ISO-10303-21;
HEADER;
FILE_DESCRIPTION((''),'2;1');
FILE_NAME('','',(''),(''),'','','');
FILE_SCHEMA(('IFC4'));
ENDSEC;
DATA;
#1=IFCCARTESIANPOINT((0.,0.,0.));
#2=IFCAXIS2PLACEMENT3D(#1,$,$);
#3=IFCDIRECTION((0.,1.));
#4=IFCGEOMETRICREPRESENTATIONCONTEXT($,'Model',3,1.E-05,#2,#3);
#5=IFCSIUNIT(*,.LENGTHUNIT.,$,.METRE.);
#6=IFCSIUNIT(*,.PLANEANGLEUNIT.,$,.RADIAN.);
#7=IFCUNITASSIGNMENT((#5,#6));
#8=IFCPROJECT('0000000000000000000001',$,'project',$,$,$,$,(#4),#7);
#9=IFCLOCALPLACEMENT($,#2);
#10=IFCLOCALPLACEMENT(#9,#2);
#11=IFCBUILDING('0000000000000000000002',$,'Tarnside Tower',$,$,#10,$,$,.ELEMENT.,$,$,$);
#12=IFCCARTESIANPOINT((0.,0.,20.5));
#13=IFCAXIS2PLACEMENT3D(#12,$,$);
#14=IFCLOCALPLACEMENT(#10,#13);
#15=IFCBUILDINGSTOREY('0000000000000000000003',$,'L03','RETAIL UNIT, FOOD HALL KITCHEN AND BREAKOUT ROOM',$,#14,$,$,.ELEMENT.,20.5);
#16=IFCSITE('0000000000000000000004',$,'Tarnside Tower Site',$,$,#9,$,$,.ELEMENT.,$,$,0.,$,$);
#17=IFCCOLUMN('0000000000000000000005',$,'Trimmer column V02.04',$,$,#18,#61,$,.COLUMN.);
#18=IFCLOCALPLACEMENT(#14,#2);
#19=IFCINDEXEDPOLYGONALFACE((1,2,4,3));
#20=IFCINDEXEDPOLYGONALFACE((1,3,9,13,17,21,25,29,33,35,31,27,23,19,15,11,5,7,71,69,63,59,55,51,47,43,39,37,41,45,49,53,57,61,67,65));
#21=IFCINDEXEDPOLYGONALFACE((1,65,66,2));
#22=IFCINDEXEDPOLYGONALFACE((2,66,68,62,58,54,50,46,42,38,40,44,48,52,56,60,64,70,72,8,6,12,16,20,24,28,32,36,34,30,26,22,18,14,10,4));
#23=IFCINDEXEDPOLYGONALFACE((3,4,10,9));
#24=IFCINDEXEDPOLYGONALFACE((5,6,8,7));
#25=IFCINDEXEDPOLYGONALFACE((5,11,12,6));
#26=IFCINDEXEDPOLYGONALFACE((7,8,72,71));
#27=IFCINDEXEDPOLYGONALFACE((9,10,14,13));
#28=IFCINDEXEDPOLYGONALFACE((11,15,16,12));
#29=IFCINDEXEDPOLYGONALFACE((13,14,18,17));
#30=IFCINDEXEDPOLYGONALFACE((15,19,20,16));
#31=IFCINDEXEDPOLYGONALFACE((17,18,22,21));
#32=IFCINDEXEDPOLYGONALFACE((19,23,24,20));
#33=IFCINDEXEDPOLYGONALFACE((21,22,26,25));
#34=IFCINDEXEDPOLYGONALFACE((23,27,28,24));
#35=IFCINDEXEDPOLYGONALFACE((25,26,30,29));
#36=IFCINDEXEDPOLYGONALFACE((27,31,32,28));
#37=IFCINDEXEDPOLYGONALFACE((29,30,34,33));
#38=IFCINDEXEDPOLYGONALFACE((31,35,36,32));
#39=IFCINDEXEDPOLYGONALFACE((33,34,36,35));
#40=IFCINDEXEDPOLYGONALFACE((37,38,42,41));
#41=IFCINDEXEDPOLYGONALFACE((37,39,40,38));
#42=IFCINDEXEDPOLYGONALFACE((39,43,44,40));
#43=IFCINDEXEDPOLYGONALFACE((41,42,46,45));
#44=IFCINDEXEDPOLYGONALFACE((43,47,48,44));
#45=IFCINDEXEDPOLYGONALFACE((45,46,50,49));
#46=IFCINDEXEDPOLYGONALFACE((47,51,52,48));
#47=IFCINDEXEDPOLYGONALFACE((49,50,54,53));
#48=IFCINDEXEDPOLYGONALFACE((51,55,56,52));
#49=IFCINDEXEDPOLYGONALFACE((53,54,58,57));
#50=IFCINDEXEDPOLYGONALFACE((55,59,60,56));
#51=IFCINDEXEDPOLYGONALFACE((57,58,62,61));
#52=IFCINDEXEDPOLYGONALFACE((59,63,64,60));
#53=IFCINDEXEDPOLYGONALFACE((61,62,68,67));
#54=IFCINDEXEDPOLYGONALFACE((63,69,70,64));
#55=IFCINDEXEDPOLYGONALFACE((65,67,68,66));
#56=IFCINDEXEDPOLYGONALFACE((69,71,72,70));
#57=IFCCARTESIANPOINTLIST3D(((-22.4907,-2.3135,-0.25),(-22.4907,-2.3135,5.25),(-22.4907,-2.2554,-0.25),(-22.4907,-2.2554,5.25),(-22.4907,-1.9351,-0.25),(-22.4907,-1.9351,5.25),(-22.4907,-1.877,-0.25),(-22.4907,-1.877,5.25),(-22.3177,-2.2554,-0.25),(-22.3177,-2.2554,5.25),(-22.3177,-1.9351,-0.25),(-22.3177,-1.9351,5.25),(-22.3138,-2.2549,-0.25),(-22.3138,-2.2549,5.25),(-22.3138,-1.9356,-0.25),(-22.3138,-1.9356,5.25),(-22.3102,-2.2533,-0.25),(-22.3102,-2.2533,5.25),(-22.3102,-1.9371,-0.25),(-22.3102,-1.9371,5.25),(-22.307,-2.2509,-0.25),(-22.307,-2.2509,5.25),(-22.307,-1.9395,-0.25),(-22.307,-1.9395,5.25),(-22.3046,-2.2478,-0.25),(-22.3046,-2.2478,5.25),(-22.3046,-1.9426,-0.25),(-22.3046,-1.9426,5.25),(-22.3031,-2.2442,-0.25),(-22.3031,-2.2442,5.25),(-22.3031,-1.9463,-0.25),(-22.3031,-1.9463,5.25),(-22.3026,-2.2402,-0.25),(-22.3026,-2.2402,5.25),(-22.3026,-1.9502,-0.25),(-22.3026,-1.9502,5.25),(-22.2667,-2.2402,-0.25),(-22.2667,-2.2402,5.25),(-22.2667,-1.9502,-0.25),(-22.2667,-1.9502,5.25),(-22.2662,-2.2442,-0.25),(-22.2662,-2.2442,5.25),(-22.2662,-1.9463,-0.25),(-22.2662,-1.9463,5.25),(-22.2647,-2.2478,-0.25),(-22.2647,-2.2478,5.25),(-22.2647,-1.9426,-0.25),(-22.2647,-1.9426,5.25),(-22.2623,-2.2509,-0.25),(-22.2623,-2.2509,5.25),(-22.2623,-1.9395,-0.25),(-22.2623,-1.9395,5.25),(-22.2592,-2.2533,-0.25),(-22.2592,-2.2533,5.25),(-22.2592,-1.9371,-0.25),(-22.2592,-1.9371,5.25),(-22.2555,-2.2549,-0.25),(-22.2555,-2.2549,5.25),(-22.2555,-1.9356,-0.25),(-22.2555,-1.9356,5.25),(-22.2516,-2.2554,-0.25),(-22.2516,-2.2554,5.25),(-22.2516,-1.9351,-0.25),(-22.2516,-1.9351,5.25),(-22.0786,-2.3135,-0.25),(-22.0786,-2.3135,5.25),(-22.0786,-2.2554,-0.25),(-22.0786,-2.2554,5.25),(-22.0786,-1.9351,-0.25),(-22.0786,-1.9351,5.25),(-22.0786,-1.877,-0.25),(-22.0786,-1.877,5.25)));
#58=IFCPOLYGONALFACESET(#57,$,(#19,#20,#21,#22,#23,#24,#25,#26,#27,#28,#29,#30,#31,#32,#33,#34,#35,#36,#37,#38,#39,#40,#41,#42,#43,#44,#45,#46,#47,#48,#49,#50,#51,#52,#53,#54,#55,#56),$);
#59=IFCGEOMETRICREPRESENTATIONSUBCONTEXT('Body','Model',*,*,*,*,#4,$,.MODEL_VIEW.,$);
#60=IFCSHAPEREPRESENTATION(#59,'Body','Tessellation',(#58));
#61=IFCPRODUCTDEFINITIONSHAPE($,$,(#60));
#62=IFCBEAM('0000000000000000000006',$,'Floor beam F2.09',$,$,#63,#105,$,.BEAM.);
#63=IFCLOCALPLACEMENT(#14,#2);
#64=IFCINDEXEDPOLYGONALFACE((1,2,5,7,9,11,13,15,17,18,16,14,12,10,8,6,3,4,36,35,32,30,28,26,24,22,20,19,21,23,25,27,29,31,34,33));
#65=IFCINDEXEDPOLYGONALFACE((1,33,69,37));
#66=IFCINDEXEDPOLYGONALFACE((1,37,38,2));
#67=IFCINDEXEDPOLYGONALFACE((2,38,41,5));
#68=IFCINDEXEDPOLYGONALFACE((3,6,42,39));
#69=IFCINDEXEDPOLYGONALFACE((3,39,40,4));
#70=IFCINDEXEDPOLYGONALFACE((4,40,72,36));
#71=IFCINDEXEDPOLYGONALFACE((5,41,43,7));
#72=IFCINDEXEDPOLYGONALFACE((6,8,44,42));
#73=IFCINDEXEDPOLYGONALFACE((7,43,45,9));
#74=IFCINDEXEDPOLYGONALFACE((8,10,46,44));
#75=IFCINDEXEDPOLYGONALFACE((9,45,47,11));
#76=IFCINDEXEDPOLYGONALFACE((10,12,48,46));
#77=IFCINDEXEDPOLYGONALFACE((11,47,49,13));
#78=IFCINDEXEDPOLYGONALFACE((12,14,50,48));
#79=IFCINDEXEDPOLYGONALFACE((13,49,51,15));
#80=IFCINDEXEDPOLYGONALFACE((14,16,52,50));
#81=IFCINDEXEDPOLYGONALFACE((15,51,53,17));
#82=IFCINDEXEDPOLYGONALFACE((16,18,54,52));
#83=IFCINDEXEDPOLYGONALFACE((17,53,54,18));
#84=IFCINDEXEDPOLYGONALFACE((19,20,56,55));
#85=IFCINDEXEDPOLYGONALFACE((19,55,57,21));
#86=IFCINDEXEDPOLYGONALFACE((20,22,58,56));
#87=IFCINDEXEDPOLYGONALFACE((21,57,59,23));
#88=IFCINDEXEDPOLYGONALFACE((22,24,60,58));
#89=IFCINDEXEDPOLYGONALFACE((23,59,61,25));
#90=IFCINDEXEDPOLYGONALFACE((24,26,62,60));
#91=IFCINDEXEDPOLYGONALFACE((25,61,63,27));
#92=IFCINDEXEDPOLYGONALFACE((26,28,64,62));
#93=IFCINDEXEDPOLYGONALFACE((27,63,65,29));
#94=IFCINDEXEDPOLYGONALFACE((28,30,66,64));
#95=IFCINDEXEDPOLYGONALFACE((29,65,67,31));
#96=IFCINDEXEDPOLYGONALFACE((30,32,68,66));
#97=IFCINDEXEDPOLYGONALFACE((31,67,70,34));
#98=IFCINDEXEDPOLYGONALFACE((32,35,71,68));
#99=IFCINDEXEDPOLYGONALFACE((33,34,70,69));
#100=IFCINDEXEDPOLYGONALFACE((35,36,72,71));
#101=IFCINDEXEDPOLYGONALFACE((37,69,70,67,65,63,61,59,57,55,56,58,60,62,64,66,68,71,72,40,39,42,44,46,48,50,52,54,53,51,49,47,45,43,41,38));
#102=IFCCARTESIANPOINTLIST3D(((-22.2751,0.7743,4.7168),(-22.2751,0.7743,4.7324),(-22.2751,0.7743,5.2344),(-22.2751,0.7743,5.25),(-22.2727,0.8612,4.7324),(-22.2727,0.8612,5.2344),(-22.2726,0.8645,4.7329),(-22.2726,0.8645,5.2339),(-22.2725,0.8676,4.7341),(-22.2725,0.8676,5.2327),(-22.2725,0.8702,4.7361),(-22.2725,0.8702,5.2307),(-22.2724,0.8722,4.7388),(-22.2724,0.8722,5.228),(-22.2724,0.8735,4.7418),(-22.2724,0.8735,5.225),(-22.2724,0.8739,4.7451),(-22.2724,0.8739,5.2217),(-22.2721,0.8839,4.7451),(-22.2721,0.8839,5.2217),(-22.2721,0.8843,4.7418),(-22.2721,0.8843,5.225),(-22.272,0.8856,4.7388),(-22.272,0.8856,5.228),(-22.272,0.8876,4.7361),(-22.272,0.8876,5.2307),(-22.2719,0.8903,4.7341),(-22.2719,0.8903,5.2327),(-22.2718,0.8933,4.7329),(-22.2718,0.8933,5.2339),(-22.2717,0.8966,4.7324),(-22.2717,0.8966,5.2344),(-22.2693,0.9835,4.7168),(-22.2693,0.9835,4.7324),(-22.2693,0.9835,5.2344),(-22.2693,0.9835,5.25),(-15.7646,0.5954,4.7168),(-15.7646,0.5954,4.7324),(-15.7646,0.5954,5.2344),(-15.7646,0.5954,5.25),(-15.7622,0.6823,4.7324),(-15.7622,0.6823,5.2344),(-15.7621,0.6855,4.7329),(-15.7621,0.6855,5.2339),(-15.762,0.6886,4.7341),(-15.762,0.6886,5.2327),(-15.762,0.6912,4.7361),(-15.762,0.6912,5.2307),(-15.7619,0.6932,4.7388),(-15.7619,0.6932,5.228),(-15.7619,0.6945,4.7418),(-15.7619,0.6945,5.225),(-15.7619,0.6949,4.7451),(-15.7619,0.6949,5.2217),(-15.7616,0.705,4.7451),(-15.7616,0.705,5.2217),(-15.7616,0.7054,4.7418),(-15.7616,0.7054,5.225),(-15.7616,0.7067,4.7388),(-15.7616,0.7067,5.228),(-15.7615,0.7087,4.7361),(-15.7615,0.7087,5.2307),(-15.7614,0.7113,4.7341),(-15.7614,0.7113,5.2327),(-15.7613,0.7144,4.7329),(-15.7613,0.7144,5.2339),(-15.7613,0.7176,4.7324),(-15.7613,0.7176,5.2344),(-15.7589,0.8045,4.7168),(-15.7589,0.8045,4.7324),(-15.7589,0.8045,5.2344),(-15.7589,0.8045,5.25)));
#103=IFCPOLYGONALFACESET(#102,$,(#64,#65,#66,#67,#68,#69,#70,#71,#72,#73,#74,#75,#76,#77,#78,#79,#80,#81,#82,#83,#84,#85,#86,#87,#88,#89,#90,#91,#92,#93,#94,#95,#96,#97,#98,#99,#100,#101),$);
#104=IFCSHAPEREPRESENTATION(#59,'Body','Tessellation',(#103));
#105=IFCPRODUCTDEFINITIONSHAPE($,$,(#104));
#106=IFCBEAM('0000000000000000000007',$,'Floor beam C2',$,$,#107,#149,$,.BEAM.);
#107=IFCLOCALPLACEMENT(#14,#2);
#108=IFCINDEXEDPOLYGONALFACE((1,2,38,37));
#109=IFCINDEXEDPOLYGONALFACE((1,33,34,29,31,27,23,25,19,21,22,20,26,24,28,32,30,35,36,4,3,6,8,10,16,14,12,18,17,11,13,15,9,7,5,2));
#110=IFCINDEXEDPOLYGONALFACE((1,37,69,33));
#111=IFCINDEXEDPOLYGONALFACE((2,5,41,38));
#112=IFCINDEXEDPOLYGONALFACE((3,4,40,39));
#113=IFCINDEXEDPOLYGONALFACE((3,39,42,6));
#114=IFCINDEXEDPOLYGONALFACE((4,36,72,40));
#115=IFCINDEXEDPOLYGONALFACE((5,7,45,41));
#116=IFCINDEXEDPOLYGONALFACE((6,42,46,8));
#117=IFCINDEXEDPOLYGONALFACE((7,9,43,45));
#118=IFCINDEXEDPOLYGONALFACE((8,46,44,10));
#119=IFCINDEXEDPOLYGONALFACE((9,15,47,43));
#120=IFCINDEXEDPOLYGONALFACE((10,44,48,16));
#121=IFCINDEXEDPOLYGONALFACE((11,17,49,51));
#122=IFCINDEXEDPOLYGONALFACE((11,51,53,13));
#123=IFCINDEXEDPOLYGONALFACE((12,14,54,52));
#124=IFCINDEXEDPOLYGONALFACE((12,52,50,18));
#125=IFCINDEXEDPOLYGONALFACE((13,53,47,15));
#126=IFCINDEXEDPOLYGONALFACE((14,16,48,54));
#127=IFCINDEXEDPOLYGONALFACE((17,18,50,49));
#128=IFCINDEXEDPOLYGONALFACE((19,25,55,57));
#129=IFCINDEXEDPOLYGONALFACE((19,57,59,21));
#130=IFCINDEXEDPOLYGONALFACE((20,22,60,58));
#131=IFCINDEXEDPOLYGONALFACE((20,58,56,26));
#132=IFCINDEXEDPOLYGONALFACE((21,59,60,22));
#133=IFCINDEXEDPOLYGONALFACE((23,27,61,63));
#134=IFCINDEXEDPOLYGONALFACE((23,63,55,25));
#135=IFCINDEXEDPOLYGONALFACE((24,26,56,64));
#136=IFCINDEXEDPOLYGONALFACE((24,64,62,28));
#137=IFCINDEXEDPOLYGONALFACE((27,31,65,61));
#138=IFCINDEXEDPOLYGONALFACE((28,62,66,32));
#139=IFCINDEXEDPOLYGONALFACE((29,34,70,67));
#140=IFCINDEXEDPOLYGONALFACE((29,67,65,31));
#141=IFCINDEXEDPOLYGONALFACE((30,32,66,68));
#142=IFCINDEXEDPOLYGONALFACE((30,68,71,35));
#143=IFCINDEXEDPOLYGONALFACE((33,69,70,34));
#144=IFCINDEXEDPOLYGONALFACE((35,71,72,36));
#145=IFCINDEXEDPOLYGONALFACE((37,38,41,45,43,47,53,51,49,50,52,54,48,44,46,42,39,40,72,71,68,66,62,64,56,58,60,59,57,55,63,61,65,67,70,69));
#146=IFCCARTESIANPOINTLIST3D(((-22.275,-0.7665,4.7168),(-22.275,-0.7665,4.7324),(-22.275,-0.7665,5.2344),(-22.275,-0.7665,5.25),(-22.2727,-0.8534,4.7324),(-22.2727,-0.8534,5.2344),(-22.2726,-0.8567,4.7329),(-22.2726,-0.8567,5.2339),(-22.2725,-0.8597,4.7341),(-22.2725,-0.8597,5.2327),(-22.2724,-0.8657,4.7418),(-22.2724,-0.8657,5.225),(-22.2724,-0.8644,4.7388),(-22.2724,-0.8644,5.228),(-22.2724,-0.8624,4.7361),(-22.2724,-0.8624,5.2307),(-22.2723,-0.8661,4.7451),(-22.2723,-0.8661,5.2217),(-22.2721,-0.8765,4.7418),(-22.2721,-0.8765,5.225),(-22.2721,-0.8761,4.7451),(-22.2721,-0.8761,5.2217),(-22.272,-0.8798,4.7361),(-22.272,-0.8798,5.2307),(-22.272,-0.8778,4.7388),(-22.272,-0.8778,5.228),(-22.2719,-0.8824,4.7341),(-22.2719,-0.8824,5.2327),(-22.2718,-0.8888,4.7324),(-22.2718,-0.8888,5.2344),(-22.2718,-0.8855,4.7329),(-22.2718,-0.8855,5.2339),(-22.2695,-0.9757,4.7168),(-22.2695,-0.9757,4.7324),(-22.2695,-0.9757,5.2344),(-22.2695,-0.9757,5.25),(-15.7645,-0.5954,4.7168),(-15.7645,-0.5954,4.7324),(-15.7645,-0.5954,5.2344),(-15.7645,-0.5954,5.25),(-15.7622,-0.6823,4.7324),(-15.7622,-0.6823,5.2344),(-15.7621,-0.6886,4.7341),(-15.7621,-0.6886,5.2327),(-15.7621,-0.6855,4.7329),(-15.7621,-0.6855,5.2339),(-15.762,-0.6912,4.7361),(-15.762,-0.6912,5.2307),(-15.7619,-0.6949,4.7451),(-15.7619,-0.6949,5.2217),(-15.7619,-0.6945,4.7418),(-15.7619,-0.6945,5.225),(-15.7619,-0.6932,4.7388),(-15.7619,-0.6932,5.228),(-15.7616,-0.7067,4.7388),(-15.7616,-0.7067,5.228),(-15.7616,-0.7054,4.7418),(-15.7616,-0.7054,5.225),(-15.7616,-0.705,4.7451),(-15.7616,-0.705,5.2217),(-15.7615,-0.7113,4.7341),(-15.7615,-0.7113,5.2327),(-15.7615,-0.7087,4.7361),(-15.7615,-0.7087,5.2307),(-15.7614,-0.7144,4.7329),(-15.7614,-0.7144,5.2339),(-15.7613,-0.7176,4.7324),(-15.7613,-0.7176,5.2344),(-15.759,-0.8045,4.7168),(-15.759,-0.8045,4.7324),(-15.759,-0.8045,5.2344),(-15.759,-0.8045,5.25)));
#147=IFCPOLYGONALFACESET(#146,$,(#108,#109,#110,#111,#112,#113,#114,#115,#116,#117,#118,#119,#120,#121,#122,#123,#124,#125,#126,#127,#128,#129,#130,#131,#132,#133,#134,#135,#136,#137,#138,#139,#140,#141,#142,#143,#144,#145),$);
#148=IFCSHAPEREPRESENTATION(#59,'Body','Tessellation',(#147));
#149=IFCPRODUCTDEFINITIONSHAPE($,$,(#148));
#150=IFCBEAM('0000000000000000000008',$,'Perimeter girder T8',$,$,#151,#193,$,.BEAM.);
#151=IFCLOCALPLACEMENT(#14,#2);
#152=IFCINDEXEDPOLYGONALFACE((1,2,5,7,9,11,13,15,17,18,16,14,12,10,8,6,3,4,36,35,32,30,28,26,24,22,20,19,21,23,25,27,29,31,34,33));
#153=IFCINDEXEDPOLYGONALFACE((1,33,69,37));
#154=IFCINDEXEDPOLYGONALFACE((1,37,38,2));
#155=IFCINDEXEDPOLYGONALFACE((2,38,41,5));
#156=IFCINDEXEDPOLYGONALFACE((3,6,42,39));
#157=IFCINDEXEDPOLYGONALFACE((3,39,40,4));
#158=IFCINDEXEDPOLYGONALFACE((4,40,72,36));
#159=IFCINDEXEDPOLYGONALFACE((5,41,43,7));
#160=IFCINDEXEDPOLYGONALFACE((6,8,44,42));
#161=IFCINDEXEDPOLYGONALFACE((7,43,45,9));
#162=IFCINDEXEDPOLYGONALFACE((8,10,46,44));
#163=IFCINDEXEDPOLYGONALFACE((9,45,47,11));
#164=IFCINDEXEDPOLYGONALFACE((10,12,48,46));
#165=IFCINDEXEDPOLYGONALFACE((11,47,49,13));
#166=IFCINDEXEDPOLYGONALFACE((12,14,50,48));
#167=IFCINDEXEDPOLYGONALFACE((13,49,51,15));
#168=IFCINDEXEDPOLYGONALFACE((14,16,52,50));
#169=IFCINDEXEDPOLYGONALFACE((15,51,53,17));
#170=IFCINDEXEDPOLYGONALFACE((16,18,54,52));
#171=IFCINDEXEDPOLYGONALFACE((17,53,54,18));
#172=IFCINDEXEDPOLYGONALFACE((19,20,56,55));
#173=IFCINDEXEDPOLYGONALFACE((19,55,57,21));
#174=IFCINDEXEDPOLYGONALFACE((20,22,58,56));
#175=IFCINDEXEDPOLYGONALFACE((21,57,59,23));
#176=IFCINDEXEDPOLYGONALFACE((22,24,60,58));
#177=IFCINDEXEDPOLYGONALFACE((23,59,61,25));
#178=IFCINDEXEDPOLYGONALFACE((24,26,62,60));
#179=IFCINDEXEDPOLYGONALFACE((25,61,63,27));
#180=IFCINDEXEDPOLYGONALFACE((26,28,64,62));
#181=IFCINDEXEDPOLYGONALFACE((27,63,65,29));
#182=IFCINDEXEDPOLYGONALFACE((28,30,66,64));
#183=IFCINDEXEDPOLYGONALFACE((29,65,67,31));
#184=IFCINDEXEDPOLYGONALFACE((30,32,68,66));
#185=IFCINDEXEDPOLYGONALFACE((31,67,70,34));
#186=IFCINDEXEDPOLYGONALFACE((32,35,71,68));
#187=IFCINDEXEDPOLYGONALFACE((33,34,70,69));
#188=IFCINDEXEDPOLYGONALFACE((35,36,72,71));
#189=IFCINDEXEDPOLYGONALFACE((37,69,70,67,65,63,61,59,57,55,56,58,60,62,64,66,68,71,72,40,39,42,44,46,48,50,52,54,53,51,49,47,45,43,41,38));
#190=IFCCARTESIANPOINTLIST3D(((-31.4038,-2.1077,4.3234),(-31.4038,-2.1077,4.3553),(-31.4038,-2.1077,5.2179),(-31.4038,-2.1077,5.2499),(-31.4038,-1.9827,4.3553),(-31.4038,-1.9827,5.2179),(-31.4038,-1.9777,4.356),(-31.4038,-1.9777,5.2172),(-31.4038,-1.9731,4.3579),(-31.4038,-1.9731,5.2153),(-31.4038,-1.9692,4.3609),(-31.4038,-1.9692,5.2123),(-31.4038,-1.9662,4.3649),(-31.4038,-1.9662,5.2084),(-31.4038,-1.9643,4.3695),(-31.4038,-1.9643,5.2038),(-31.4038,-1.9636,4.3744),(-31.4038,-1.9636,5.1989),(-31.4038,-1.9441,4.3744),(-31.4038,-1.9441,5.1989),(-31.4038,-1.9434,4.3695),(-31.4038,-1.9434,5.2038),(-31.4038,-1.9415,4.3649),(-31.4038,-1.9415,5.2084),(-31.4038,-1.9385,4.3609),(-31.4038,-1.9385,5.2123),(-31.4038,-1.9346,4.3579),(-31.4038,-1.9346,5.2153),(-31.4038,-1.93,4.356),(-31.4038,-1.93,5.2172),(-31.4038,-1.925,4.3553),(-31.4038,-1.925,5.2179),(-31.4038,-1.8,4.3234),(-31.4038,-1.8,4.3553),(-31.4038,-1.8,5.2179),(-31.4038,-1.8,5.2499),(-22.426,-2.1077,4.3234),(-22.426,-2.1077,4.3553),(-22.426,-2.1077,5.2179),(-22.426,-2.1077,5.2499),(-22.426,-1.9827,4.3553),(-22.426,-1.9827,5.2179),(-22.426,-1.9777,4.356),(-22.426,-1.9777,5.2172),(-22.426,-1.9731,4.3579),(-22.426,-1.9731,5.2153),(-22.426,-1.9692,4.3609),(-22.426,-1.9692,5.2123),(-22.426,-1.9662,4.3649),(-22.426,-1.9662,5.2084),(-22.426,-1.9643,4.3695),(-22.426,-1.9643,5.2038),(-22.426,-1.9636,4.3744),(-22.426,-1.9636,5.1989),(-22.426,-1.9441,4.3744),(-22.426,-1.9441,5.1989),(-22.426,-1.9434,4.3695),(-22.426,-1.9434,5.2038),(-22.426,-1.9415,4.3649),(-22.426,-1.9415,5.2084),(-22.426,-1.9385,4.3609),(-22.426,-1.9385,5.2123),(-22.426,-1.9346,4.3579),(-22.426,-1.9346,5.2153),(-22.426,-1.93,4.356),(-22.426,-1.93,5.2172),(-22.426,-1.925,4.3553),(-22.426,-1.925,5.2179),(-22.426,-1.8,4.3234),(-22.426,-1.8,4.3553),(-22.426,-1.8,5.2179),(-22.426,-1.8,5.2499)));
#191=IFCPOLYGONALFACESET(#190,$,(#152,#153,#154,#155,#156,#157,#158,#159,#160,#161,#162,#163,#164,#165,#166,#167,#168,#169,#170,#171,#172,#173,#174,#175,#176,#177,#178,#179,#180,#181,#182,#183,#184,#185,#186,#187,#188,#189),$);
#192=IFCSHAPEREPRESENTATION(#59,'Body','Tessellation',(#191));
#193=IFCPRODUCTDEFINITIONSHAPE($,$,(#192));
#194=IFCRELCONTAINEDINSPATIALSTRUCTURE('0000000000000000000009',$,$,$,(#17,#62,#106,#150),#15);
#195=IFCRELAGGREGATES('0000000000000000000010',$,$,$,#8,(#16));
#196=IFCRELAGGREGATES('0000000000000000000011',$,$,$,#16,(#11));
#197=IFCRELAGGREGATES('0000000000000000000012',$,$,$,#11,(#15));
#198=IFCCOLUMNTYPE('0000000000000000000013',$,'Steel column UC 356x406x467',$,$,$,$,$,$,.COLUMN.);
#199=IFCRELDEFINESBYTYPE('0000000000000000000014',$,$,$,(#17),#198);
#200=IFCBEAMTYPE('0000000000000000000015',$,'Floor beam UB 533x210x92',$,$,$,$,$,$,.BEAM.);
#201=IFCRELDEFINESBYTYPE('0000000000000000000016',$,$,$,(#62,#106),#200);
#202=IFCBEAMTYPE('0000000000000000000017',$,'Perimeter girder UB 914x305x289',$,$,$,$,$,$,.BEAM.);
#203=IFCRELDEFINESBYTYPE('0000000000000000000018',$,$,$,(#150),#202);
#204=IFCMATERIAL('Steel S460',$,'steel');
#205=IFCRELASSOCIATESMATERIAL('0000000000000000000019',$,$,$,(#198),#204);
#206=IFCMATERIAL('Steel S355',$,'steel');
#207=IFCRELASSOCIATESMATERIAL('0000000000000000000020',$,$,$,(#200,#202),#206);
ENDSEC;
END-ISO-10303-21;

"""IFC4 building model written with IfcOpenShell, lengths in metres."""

from ifc_helpers import new_model, si_unit, direction, frame, origin, origin_2d, place, context, subcontext, project, spatial, i_section, extrude, material, material_profile, profile_set, type_object, element, save


model = new_model("IFC4")

# Units and contexts
model_context = context("Model", 3, precision=1e-05, world=origin(), true_north=direction((0.0, 1.0)))
body_context = subcontext(model_context, "Body", "Model", "MODEL_VIEW")
ifc_project = project(units=[si_unit("LENGTHUNIT", "METRE"), si_unit("PLANEANGLEUNIT", "RADIAN")], contexts=[model_context])

# Site, building, storey
site_placement = place(None, origin())
site = spatial("IfcSite", under=ifc_project, at=site_placement, Name="Tarnside Tower Site", CompositionType="ELEMENT", RefElevation=0.0)
building_placement = place(site_placement, origin())
building = spatial("IfcBuilding", under=site, at=building_placement, Name="Tarnside Tower", CompositionType="ELEMENT")
storey_placement = place(building_placement, frame((0.0, 0.0, 20.5)))
storey = spatial("IfcBuildingStorey", under=building, at=storey_placement, Name="L03", Description="RETAIL UNIT, FOOD HALL KITCHEN AND BREAKOUT ROOM", CompositionType="ELEMENT", Elevation=20.5)

# Column
ifc_material_1 = material(Name="Steel S460", Category="steel")
ifc_material_profile_1 = material_profile(ifc_material_1, i_section(OverallWidth=0.4121, OverallDepth=0.4365, WebThickness=0.0359, FlangeThickness=0.0581, FilletRadius=0.0151, at=origin_2d()), Name="UC 356x406x467")
ifc_profile_set_1 = profile_set([ifc_material_profile_1], Name="Steel S460")
column_type = type_object("IfcColumnType", Name="Steel column UC 356x406x467", PredefinedType="COLUMN", material=ifc_profile_set_1)
column_placement = place(storey_placement, frame((-22.2847, -2.0952, -0.25), z_axis=(0.0, 0.0, 1.0), x_axis=(1.0, 0.0, 0.0)))
element("IfcColumn", 1, at=column_placement, inside=storey, type_object=column_type, Name="Trimmer column V02.04", PredefinedType="COLUMN", context=body_context, shape_type="SweptSolid", body=[
    extrude(i_section(OverallWidth=0.4121, OverallDepth=0.4365, WebThickness=0.0359, FlangeThickness=0.0581, FilletRadius=0.0151, at=origin_2d()), origin(), (0.0, 0.0, 1.0), 5.5),
])

# Beams
ifc_material_2 = material(Name="Steel S355", Category="steel")
ifc_material_profile_2 = material_profile(ifc_material_2, i_section(OverallWidth=0.2092, OverallDepth=0.5332, WebThickness=0.01, FlangeThickness=0.0156, FilletRadius=0.0127, at=origin_2d()), Name="UB 533x210x92")
ifc_profile_set_2 = profile_set([ifc_material_profile_2], Name="Steel S355")
beam_type_1 = type_object("IfcBeamType", Name="Floor beam UB 533x210x92", PredefinedType="BEAM", material=ifc_profile_set_2)
beam_1_placement = place(storey_placement, frame((-22.2722, 0.8789, 4.9834), z_axis=(0.999622, -0.027477, 0.0), x_axis=(0.027477, 0.999622, 0.0)))
element("IfcBeam", 2, at=beam_1_placement, inside=storey, type_object=beam_type_1, Name="Floor beam F2.09", PredefinedType="BEAM", context=body_context, shape_type="SweptSolid", body=[
    extrude(i_section(OverallWidth=0.2092, OverallDepth=0.5332, WebThickness=0.01, FlangeThickness=0.0156, FilletRadius=0.0127, at=origin_2d()), origin(), (0.0, 0.0, 1.0), 6.5129),
])
beam_2_placement = place(storey_placement, frame((-22.2722, -0.8711, 4.9834), z_axis=(0.999655, 0.026278, 0.0), x_axis=(-0.026278, 0.999655, 0.0)))
element("IfcBeam", 3, at=beam_2_placement, inside=storey, type_object=beam_type_1, Name="Floor beam C2", PredefinedType="BEAM", context=body_context, shape_type="SweptSolid", body=[
    extrude(i_section(OverallWidth=0.2092, OverallDepth=0.5332, WebThickness=0.01, FlangeThickness=0.0156, FilletRadius=0.0127, at=origin_2d()), origin(), (0.0, 0.0, 1.0), 6.5127),
])
ifc_material_profile_3 = material_profile(ifc_material_2, i_section(OverallWidth=0.3076, OverallDepth=0.9265, WebThickness=0.0195, FlangeThickness=0.032, FilletRadius=0.019, at=origin_2d()), Name="UB 914x305x289")
ifc_profile_set_3 = profile_set([ifc_material_profile_3], Name="Steel S355")
beam_type_2 = type_object("IfcBeamType", Name="Perimeter girder UB 914x305x289", PredefinedType="BEAM", material=ifc_profile_set_3)
beam_3_placement = place(storey_placement, frame((-22.426, -1.9539, 4.7866), z_axis=(-1.0, 0.0, 0.0), x_axis=(0.0, -1.0, 0.0)))
element("IfcBeam", 4, at=beam_3_placement, inside=storey, type_object=beam_type_2, Name="Perimeter girder T8", PredefinedType="BEAM", context=body_context, shape_type="SweptSolid", body=[
    extrude(i_section(OverallWidth=0.3076, OverallDepth=0.9265, WebThickness=0.0195, FlangeThickness=0.032, FilletRadius=0.019, at=origin_2d()), origin(), (0.0, 0.0, 1.0), 8.9778),
])

save(model, "model.ifc")
